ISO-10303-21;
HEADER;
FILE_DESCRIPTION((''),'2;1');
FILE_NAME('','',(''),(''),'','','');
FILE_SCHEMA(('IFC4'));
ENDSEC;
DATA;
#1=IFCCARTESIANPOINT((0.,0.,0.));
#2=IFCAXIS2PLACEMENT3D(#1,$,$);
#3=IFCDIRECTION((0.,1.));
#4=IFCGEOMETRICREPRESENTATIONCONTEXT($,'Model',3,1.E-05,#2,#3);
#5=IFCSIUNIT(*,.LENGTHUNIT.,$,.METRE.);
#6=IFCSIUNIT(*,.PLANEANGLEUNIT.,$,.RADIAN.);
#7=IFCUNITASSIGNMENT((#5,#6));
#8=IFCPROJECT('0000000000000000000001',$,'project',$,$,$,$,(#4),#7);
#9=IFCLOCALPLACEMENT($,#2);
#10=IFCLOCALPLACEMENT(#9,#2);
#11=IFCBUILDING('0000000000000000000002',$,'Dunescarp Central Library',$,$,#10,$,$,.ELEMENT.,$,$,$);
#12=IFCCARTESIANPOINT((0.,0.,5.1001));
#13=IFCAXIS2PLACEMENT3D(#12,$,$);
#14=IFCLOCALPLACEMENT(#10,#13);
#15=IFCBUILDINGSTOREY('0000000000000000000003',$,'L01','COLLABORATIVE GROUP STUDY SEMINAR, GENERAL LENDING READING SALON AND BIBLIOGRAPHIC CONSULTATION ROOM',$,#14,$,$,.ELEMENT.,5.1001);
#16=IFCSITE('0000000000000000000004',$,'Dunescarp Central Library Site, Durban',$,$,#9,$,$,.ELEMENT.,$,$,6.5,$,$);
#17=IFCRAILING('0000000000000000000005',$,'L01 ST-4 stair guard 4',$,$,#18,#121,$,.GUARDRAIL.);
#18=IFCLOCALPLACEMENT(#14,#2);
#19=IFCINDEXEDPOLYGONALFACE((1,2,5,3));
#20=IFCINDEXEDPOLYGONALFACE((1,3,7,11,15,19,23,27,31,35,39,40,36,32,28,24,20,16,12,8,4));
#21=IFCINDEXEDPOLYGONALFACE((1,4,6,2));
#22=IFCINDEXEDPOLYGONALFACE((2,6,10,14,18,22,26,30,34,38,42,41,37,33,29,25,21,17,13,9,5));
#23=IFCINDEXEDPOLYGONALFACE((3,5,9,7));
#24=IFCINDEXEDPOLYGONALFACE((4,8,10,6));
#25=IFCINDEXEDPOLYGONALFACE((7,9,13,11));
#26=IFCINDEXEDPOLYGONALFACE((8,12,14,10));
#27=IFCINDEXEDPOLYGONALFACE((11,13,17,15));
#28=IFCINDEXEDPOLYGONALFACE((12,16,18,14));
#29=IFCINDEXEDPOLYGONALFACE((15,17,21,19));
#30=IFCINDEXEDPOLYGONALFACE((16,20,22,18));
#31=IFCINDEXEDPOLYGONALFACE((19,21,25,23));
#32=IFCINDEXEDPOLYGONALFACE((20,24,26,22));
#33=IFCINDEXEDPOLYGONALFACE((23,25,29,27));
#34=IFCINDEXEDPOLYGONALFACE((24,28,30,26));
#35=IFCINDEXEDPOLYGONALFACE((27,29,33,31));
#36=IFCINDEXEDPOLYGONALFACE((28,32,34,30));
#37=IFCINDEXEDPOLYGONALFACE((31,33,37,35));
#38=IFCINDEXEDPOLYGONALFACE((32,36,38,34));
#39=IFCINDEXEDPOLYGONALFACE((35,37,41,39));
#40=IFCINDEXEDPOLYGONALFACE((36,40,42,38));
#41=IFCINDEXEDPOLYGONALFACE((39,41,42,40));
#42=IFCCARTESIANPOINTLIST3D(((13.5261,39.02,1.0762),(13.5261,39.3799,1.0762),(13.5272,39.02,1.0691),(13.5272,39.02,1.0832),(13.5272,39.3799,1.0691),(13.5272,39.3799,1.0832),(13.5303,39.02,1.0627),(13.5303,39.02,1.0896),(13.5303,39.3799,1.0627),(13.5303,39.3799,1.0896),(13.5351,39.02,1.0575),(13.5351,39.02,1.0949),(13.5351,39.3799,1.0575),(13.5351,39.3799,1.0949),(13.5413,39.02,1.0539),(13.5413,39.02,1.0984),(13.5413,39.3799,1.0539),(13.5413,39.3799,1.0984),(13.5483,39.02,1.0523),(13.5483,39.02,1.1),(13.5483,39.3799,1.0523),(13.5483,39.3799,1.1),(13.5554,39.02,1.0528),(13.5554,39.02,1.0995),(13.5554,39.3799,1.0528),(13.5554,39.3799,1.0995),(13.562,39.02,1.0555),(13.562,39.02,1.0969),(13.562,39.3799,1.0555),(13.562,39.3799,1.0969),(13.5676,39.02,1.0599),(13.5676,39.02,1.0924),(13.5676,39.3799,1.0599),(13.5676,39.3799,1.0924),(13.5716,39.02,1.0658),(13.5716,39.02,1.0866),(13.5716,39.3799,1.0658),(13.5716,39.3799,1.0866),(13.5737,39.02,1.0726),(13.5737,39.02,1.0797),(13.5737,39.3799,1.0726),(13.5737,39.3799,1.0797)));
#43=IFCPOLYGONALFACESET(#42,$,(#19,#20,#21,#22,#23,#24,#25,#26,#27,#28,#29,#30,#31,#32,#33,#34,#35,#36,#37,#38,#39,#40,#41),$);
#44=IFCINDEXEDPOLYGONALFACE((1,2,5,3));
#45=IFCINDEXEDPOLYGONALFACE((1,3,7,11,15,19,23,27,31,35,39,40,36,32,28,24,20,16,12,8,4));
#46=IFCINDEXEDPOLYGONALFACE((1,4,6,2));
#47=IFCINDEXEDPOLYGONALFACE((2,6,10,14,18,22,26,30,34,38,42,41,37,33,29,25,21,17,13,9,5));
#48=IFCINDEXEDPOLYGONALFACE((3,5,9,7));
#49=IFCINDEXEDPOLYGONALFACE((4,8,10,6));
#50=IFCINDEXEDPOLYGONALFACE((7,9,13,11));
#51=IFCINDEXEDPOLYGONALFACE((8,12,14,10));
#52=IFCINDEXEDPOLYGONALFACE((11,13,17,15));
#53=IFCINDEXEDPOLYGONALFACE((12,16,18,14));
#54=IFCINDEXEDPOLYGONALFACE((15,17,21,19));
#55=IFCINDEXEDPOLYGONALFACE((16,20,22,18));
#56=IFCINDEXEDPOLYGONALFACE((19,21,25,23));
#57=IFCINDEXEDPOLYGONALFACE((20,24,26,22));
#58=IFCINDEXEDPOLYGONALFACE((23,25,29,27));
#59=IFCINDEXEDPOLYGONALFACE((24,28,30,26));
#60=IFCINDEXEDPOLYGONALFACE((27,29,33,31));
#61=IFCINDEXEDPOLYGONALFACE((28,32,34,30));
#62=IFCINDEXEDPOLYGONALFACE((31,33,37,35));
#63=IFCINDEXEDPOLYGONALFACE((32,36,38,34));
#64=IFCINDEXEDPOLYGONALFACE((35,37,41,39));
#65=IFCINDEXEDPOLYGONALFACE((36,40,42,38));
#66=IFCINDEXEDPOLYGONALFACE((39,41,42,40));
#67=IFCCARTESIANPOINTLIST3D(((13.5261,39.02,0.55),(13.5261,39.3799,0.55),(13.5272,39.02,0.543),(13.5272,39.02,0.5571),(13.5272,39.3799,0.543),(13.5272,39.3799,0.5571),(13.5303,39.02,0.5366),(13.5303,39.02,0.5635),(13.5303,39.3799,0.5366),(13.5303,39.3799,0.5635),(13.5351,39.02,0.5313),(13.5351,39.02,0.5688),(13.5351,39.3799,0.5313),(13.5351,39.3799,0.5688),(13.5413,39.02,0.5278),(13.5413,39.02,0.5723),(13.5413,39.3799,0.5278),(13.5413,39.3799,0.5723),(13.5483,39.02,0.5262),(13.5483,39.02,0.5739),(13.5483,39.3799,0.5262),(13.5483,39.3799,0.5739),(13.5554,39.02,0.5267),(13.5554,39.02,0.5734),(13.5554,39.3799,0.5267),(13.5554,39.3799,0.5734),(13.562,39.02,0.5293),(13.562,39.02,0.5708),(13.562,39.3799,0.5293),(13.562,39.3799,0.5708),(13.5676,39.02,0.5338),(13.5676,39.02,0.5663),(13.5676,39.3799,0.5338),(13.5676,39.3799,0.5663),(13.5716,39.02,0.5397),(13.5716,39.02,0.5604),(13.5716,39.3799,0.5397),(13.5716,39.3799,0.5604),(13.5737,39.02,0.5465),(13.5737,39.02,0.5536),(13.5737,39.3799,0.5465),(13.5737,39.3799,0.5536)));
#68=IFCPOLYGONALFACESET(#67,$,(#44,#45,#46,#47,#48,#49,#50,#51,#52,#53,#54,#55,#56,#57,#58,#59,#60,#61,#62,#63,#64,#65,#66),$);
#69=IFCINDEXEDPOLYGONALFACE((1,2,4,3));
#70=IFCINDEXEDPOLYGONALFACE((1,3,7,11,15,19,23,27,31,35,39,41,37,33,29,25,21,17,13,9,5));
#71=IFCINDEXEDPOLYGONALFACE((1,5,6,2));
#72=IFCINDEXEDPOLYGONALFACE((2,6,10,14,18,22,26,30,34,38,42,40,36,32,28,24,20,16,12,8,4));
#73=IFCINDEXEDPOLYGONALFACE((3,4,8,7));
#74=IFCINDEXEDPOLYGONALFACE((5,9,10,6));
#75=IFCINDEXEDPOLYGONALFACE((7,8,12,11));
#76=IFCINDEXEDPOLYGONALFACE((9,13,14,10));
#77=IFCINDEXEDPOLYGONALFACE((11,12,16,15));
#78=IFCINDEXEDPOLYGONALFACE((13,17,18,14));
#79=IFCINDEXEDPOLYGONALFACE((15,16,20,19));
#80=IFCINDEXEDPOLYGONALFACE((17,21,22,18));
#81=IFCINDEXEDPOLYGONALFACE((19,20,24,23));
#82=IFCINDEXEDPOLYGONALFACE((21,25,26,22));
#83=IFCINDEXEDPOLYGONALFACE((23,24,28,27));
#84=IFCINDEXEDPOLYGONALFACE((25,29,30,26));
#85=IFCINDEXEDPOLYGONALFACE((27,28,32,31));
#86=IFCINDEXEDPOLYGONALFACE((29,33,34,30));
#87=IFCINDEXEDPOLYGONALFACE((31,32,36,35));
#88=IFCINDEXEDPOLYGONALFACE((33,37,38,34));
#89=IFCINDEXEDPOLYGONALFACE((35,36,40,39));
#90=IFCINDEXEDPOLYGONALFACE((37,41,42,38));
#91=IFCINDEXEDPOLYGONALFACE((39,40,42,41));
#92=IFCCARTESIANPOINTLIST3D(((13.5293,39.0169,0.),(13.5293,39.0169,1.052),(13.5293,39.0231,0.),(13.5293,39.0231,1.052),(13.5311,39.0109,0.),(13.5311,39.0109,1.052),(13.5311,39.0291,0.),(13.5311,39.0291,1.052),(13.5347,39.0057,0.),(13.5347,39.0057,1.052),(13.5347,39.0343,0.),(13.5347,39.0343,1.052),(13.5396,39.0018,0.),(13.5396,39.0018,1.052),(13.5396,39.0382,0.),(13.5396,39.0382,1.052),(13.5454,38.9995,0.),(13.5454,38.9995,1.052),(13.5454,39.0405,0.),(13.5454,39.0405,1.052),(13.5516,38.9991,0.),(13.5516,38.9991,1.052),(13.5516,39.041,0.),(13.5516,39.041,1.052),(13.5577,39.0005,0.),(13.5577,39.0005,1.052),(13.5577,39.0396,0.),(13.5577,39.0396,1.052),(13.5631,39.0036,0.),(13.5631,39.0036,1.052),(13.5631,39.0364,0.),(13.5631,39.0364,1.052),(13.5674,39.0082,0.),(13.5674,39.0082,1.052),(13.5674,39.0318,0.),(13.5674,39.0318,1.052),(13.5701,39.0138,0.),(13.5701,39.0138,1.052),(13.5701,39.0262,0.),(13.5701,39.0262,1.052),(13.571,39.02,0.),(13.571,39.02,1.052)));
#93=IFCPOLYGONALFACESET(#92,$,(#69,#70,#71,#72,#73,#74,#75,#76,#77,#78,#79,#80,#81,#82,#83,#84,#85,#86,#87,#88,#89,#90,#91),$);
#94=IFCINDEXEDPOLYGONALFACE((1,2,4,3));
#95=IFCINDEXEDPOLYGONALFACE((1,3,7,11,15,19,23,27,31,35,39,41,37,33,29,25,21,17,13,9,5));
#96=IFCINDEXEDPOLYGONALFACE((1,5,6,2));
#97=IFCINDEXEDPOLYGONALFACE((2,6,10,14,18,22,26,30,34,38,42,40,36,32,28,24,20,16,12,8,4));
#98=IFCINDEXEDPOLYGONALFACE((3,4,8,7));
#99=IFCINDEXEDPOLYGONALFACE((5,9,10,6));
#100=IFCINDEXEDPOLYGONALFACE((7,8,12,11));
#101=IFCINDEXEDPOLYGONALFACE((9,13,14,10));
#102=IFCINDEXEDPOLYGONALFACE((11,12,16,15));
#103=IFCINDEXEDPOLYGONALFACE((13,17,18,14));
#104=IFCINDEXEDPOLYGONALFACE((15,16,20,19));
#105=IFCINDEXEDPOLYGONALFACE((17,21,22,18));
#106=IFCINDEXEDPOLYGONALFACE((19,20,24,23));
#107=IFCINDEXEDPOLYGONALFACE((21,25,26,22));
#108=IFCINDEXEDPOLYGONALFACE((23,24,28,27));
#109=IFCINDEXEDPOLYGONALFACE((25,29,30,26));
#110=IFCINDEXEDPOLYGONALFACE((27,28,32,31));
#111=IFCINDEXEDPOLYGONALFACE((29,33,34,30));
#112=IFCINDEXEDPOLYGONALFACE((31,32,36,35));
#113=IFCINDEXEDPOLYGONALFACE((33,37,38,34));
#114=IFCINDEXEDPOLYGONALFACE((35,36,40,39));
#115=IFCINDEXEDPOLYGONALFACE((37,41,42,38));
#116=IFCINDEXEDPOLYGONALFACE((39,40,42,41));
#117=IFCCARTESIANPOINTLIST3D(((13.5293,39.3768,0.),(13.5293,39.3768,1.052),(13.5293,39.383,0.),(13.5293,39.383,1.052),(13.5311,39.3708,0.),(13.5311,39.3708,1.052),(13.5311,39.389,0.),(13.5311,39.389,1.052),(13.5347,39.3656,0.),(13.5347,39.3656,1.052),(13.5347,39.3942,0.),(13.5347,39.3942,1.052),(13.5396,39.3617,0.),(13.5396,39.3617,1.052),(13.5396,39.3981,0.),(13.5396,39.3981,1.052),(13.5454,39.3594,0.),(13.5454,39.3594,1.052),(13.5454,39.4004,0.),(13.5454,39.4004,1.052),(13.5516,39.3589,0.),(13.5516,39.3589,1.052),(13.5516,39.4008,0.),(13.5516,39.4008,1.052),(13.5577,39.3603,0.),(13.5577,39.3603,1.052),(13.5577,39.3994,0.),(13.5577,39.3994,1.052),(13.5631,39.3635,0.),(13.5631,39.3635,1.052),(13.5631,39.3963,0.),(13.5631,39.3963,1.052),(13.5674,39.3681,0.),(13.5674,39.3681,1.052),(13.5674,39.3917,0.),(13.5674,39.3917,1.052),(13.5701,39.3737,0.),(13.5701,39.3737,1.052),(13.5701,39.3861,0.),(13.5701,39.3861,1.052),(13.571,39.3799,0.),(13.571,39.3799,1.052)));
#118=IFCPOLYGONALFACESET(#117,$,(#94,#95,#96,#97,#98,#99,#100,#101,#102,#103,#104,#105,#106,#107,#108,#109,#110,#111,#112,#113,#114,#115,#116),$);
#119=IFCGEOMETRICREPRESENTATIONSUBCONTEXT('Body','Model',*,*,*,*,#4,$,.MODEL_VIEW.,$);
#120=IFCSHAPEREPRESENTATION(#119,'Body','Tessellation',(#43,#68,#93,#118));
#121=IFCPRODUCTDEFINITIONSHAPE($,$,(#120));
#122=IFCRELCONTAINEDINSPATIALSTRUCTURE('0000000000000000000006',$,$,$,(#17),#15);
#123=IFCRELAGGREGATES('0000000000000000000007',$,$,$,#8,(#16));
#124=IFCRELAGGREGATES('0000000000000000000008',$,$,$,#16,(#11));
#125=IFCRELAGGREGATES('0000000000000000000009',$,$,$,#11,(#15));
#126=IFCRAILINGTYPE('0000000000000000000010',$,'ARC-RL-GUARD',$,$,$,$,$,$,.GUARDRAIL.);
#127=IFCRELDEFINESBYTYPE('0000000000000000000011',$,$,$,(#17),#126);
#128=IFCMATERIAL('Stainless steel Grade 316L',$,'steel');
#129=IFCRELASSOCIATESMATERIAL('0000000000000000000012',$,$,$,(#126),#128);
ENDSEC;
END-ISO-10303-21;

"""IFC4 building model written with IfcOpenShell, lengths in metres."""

from ifc_helpers import new_model, si_unit, direction, frame, origin, origin_2d, place, context, subcontext, project, spatial, circle, extrude, material, type_object, element, save


model = new_model("IFC4")

# Units and contexts
model_context = context("Model", 3, precision=1e-05, world=origin(), true_north=direction((0.0, 1.0)))
body_context = subcontext(model_context, "Body", "Model", "MODEL_VIEW")
ifc_project = project(units=[si_unit("LENGTHUNIT", "METRE"), si_unit("PLANEANGLEUNIT", "RADIAN")], contexts=[model_context])

# Site, building, storey
site_placement = place(None, origin())
site = spatial("IfcSite", under=ifc_project, at=site_placement, Name="Dunescarp Central Library Site, Durban", CompositionType="ELEMENT", RefElevation=6.5)
building_placement = place(site_placement, origin())
building = spatial("IfcBuilding", under=site, at=building_placement, Name="Dunescarp Central Library", CompositionType="ELEMENT")
storey_placement = place(building_placement, frame((0.0, 0.0, 5.1001)))
storey = spatial("IfcBuildingStorey", under=building, at=storey_placement, Name="L01", Description="COLLABORATIVE GROUP STUDY SEMINAR, GENERAL LENDING READING SALON AND BIBLIOGRAPHIC CONSULTATION ROOM", CompositionType="ELEMENT", Elevation=5.1001)

# Railing
ifc_material_1 = material(Name="Stainless steel Grade 316L", Category="steel")
railing_type_1 = type_object("IfcRailingType", Name="ARC-RL-GUARD", PredefinedType="GUARDRAIL", material=ifc_material_1)
railing_1_placement = place(storey_placement, frame((13.55, 39.02, 0.0)))
element("IfcRailing", 1, at=railing_1_placement, inside=storey, type_object=railing_type_1, Name="L01 ST-4 stair guard 4", PredefinedType="GUARDRAIL", context=body_context, shape_type="SweptSolid", body=[
    extrude(circle(Radius=0.0239, at=origin_2d()), frame((0.0, 0.0, 1.0762), z_axis=(0.0, 1.0, 0.0), x_axis=(-1.0, 0.0, 0.0)), (0.0, 0.0, 1.0), 0.3599),
    extrude(circle(Radius=0.0239, at=origin_2d()), frame((0.0, 0.0, 0.55), z_axis=(0.0, 1.0, 0.0), x_axis=(-1.0, 0.0, 0.0)), (0.0, 0.0, 1.0), 0.3599),
    extrude(circle(Radius=0.021, at=origin_2d()), origin(), (0.0, 0.0, 1.0), 1.052),
    extrude(circle(Radius=0.021, at=origin_2d()), frame((0.0, 0.3599, 0.0)), (0.0, 0.0, 1.0), 1.052),
])

save(model, "model.ifc")
